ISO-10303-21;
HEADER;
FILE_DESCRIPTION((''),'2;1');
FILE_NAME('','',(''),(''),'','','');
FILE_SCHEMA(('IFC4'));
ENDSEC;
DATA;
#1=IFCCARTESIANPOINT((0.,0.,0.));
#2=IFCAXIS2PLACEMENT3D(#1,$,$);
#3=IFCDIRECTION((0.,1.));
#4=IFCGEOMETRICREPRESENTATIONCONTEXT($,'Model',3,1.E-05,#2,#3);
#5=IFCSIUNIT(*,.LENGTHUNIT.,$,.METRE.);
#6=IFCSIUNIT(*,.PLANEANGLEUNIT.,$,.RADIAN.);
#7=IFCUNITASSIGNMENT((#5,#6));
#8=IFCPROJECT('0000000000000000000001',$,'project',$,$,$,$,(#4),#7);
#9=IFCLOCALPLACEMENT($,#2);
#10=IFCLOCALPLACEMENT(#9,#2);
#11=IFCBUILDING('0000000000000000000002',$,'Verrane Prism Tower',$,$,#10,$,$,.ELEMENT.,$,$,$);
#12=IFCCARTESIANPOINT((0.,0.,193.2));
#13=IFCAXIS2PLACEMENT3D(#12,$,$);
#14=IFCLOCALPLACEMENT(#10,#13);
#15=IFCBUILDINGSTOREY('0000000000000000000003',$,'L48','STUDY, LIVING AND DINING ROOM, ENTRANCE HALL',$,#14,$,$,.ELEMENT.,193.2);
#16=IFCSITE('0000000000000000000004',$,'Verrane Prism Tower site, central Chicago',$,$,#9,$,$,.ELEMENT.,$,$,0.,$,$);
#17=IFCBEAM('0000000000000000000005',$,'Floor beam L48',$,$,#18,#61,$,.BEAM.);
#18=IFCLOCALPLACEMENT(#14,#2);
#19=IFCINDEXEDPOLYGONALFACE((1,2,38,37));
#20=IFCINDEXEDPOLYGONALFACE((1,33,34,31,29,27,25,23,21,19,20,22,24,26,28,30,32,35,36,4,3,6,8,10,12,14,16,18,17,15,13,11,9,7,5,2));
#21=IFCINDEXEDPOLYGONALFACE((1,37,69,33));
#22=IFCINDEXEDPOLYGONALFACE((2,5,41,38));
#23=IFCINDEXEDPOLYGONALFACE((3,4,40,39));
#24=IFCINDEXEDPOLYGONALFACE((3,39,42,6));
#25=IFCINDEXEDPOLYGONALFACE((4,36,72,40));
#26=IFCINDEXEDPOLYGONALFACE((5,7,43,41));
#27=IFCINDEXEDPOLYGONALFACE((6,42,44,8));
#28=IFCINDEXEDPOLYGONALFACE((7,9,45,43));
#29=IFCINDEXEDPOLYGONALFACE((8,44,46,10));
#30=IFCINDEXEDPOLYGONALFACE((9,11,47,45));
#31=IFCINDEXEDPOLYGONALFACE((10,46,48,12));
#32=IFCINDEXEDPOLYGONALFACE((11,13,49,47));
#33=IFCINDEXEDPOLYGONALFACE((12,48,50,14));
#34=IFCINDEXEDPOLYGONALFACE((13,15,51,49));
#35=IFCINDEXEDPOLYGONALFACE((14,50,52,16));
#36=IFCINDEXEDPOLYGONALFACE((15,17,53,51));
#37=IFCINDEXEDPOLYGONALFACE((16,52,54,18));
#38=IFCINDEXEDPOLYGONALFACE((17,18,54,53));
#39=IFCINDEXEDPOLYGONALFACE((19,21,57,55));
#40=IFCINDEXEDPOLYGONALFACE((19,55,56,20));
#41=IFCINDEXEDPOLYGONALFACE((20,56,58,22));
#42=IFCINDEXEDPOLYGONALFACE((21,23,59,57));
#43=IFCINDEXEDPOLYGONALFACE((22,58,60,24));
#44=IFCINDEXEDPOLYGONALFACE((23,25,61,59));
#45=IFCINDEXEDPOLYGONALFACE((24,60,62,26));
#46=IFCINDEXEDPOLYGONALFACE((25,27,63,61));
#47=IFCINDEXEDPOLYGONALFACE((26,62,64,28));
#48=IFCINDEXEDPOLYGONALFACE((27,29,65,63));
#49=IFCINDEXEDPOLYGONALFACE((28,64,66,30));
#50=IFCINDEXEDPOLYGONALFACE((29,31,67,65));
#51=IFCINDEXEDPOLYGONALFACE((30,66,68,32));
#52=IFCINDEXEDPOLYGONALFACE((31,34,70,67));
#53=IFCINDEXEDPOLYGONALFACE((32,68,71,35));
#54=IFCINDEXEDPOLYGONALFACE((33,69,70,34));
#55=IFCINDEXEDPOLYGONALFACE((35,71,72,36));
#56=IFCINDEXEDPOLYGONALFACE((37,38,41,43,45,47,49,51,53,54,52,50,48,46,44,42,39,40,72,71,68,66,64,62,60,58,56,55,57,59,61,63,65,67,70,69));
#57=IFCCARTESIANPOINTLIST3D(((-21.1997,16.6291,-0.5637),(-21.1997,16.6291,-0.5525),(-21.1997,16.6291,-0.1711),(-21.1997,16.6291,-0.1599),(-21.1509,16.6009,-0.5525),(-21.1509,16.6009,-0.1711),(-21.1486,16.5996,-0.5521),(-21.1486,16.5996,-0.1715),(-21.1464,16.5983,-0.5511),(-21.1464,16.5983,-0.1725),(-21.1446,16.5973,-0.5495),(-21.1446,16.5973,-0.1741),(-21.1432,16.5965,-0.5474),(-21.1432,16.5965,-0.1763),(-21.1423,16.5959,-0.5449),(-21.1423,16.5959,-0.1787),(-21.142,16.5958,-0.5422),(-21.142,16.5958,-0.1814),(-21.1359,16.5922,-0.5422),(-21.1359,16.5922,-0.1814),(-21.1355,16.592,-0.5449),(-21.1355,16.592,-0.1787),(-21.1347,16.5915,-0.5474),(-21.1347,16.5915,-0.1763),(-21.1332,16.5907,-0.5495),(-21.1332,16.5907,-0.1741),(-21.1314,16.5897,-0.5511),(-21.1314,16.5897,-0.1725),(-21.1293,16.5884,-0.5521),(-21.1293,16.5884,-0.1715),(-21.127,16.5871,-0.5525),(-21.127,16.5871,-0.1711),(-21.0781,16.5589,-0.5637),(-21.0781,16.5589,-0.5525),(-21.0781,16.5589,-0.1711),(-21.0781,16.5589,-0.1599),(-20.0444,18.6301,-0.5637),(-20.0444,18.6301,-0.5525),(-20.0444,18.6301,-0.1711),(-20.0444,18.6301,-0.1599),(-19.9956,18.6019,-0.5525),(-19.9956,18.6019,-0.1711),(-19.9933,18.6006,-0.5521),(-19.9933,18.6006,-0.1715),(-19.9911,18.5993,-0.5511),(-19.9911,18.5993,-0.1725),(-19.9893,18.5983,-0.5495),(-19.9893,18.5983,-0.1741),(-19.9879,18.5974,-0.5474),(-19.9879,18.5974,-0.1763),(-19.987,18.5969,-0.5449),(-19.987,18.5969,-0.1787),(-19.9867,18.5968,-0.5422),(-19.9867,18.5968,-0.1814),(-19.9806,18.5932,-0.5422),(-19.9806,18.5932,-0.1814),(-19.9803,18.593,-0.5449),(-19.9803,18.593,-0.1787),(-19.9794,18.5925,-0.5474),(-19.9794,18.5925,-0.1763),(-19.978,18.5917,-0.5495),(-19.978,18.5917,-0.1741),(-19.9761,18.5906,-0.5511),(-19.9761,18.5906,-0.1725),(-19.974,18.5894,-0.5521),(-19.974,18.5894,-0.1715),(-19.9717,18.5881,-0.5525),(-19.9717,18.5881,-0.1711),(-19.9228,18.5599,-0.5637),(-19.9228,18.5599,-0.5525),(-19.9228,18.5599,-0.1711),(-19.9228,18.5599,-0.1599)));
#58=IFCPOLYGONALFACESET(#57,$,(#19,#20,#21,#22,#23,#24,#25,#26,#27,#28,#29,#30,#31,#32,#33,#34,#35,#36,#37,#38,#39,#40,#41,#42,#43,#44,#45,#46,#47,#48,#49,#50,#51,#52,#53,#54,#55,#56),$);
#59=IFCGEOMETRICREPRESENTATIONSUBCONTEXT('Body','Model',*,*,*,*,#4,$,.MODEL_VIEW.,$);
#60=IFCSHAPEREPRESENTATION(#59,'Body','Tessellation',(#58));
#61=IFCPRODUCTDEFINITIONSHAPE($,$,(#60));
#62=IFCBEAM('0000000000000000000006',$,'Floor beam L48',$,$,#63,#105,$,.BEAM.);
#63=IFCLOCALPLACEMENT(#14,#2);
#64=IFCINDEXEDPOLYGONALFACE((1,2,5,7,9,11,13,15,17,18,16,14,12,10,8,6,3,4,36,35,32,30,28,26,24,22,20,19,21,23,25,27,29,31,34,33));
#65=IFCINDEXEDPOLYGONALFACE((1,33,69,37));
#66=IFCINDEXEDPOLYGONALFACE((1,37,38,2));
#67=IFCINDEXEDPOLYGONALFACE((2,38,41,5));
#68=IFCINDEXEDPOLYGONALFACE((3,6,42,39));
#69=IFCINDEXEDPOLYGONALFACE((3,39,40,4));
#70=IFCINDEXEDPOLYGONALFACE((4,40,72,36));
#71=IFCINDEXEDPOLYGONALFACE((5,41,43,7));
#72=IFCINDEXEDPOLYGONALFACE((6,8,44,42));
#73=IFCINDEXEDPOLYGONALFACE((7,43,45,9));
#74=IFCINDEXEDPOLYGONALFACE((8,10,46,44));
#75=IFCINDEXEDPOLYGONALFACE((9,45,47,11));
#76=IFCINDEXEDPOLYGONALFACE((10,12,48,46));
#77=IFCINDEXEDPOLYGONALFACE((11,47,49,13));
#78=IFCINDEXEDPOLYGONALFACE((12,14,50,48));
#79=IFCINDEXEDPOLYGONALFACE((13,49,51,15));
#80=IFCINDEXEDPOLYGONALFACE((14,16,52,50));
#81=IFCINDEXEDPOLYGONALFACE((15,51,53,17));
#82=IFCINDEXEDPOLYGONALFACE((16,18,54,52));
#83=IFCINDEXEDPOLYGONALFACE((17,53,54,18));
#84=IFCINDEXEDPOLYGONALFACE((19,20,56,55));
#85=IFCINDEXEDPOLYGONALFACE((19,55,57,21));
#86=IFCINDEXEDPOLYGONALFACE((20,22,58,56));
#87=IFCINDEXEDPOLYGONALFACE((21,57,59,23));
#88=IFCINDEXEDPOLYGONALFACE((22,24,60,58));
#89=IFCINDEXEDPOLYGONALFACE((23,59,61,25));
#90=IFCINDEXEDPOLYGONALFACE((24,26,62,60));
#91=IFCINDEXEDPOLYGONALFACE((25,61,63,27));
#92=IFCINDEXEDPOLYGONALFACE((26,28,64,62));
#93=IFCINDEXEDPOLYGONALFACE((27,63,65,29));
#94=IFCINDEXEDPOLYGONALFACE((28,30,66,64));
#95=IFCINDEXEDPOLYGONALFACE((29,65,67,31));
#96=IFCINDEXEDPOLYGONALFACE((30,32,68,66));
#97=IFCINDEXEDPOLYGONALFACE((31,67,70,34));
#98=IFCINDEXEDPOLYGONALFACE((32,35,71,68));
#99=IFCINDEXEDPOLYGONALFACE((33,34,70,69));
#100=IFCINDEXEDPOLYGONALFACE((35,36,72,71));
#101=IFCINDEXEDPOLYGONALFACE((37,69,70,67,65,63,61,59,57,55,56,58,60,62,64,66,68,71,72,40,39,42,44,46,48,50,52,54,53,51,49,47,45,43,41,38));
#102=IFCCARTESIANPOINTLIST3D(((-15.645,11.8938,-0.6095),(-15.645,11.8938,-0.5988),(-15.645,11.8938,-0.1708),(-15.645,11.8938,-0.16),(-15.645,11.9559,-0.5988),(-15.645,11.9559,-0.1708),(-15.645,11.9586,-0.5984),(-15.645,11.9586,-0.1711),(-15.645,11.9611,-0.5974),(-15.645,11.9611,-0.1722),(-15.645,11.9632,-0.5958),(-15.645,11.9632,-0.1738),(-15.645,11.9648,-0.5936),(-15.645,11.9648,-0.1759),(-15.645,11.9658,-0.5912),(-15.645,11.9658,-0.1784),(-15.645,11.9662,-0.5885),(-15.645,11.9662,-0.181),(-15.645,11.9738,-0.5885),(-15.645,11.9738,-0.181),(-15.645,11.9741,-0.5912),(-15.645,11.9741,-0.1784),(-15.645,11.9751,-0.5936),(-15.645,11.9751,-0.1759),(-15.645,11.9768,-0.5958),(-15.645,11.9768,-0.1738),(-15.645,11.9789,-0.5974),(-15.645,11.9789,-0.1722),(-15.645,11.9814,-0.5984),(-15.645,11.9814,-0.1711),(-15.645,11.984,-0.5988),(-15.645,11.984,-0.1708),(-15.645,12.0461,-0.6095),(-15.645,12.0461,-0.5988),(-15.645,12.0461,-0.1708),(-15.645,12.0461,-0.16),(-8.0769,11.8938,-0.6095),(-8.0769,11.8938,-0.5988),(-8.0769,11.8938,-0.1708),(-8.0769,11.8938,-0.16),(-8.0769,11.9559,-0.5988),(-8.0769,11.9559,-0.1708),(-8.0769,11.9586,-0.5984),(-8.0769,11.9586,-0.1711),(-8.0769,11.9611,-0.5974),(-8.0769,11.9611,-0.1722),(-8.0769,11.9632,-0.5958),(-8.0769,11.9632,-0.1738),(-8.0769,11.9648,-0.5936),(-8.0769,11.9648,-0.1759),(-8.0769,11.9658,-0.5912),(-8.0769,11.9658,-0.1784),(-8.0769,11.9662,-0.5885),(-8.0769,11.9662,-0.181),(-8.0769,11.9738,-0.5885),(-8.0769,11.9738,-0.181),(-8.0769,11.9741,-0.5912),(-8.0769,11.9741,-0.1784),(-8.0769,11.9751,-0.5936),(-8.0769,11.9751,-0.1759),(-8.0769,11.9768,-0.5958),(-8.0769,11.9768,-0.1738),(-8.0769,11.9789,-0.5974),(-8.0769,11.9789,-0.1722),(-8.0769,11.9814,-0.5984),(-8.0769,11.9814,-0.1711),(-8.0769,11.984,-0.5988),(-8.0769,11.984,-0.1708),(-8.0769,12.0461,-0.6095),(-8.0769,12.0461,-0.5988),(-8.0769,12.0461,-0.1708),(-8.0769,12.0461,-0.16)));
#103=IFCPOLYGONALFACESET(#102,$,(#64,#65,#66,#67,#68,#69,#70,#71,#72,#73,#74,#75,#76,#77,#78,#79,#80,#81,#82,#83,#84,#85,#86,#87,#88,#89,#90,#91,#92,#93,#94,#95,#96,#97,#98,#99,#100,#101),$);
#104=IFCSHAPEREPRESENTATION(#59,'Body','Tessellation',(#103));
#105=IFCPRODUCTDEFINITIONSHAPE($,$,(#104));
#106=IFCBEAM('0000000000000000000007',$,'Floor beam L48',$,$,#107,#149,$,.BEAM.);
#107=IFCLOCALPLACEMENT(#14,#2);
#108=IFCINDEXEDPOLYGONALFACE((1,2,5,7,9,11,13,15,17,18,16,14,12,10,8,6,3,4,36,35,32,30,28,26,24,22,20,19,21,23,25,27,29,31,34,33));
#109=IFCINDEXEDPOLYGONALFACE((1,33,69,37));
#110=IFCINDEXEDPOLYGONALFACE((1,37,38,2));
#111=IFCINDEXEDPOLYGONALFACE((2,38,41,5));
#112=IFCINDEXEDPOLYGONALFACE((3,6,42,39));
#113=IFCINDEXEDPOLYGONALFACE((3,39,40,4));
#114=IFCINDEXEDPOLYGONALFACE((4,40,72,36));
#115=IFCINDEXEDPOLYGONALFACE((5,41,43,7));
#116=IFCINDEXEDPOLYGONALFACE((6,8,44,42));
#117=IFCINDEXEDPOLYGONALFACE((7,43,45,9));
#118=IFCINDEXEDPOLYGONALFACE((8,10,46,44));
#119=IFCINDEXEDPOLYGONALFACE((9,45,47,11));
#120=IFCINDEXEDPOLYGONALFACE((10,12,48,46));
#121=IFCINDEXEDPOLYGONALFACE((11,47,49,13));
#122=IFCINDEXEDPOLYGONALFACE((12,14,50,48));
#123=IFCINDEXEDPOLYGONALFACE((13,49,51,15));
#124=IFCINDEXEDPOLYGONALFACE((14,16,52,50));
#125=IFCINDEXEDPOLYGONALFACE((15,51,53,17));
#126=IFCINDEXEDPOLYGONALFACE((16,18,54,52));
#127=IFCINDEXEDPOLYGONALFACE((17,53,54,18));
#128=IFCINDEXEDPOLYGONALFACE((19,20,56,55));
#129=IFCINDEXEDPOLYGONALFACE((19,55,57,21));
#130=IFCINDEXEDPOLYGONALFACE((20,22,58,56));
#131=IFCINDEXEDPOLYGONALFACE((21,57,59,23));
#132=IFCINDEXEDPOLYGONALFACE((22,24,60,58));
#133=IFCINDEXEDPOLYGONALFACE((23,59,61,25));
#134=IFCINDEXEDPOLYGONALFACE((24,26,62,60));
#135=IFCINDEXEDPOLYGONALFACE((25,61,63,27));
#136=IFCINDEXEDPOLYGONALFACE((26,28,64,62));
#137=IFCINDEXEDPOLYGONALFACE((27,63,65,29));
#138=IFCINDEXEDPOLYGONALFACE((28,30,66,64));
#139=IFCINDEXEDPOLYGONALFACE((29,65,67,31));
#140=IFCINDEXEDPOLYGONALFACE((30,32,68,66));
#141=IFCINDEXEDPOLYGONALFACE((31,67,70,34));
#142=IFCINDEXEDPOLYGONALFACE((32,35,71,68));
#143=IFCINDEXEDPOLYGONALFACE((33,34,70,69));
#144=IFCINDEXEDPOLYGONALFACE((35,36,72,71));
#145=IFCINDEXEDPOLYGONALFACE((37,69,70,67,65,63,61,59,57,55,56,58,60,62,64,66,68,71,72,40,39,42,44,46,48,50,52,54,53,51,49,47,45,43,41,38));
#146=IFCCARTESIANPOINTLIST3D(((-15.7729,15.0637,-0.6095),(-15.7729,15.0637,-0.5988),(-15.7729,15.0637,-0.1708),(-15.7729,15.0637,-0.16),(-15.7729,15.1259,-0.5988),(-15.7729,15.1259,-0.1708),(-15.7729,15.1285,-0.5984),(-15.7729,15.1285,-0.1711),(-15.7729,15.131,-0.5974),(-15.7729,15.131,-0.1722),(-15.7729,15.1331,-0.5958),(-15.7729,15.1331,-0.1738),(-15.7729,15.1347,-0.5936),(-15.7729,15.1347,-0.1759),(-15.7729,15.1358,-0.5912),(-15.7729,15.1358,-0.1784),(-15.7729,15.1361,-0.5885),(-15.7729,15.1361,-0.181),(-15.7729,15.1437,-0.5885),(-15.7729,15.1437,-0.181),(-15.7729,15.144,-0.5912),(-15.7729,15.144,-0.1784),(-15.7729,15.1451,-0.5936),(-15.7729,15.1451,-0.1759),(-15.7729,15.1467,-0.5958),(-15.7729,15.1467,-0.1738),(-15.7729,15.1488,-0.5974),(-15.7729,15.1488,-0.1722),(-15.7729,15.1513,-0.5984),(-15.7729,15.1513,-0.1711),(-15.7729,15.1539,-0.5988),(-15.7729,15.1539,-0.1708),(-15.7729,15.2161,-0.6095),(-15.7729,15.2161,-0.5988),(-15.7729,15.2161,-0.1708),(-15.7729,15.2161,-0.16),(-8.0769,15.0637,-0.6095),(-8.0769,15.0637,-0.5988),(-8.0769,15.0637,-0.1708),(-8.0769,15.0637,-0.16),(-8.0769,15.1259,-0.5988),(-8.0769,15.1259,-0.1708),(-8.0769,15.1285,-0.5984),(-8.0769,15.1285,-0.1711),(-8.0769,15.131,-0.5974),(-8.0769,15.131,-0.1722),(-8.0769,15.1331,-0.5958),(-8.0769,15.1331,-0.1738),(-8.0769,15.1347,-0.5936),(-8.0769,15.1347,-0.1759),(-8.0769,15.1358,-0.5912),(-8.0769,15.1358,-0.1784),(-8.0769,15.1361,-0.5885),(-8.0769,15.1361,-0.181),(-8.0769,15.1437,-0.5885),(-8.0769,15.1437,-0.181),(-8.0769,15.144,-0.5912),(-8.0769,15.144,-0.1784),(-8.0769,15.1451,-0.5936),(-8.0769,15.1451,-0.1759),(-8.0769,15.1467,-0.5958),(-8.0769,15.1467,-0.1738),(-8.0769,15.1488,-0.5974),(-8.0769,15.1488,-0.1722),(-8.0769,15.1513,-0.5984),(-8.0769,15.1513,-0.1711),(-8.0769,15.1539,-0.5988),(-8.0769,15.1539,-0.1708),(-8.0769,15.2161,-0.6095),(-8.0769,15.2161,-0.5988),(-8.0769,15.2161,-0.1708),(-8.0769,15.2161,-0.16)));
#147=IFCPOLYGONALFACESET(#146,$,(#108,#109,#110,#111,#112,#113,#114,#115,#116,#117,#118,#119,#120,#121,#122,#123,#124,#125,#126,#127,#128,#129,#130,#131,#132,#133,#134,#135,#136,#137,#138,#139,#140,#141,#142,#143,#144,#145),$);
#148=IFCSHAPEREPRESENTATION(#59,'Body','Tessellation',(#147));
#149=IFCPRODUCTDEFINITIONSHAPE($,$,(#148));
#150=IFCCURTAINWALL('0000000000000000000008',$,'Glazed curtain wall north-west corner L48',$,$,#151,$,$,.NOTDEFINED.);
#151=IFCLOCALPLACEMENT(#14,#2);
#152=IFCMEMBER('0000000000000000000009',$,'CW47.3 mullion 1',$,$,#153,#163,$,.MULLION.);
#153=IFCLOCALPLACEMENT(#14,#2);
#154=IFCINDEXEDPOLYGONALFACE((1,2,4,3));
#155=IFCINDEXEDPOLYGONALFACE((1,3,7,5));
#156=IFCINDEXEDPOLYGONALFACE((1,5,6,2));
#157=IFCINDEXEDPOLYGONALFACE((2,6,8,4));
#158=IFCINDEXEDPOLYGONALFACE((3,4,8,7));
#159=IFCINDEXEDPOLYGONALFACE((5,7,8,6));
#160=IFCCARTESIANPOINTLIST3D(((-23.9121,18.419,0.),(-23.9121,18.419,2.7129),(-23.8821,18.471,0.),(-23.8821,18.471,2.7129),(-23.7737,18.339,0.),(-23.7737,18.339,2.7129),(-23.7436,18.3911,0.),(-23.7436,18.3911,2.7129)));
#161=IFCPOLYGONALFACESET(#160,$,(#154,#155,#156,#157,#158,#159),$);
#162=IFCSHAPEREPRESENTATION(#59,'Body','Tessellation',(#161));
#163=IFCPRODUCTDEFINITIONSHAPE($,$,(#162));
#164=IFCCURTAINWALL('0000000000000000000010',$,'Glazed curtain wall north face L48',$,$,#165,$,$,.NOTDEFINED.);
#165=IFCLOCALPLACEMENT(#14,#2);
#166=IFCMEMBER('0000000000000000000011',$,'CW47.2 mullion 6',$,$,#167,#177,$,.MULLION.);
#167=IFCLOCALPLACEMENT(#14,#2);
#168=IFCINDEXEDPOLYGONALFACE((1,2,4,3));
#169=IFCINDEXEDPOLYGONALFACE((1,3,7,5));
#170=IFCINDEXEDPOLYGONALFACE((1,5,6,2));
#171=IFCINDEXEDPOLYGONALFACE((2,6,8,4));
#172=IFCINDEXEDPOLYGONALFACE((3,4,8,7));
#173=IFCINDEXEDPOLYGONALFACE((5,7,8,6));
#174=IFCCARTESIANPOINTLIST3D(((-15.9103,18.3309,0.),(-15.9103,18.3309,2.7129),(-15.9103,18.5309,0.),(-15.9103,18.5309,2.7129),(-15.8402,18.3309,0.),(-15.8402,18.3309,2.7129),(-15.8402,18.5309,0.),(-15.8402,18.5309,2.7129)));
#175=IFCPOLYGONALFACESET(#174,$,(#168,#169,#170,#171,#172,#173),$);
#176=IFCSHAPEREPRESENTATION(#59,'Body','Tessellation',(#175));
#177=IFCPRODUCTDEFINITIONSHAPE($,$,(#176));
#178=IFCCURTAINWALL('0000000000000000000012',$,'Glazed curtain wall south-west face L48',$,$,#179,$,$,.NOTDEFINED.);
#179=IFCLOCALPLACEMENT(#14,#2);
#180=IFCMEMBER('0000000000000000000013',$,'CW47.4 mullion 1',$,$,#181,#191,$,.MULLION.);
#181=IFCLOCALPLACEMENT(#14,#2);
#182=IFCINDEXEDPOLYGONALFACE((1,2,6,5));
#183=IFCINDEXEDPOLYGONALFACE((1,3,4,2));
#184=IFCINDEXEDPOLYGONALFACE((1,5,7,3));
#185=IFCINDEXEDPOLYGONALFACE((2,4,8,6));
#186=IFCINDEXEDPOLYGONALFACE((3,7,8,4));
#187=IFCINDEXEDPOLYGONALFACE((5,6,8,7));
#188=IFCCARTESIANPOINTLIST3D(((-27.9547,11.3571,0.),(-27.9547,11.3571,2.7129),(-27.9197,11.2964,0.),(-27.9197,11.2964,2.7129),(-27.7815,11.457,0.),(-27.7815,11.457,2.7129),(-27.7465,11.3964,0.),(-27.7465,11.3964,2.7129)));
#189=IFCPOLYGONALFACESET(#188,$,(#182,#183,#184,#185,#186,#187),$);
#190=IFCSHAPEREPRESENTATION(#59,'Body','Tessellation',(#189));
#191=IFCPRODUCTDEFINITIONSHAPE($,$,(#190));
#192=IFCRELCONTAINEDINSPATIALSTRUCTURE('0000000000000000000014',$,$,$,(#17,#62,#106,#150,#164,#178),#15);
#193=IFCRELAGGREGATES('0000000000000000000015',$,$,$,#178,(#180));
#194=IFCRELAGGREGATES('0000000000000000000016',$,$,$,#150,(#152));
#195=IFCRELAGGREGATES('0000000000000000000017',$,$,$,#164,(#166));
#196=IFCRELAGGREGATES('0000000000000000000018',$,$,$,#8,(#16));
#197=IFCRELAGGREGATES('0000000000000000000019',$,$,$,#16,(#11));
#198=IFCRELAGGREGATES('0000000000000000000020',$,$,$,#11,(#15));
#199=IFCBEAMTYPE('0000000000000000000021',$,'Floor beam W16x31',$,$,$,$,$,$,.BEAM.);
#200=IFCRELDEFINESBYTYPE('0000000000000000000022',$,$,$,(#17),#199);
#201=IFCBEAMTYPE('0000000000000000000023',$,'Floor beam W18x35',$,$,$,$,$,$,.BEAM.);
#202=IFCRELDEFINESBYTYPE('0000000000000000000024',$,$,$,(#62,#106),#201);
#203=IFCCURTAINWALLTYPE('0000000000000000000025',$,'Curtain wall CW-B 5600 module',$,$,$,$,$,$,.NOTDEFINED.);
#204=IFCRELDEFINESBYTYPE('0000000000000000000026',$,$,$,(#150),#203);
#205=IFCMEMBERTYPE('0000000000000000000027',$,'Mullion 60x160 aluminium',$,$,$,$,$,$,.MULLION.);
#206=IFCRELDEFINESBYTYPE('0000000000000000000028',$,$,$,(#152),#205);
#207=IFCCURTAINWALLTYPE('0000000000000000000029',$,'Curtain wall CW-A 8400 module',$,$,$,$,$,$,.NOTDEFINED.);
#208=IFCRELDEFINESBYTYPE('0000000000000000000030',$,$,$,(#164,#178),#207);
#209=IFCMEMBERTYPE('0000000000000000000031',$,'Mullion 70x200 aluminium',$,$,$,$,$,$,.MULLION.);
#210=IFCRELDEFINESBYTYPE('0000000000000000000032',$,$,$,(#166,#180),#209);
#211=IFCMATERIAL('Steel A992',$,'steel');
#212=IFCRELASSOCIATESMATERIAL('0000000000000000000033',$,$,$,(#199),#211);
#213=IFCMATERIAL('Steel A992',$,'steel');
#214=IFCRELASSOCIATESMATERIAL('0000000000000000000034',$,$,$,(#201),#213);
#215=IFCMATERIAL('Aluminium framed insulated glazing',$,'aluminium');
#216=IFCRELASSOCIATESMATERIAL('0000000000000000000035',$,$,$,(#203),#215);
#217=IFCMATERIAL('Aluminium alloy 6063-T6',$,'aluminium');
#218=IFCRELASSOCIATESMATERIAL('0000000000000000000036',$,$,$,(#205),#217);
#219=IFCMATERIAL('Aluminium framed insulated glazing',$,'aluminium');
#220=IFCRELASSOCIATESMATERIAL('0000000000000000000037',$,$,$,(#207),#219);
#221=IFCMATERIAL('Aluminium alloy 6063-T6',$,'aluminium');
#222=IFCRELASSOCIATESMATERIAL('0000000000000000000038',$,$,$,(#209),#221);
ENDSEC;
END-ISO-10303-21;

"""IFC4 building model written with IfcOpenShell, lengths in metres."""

from ifc_helpers import new_model, si_unit, direction, frame, origin, origin_2d, place, context, subcontext, project, spatial, rectangle, i_section, extrude, material, material_profile, profile_set, type_object, element, aggregate, save


model = new_model("IFC4")

# Units and contexts
model_context = context("Model", 3, precision=1e-05, world=origin(), true_north=direction((0.0, 1.0)))
body_context = subcontext(model_context, "Body", "Model", "MODEL_VIEW")
ifc_project = project(units=[si_unit("LENGTHUNIT", "METRE"), si_unit("PLANEANGLEUNIT", "RADIAN")], contexts=[model_context])

# Site, building, storey
site_placement = place(None, origin())
site = spatial("IfcSite", under=ifc_project, at=site_placement, Name="Verrane Prism Tower site, central Chicago", CompositionType="ELEMENT", RefElevation=0.0)
building_placement = place(site_placement, origin())
building = spatial("IfcBuilding", under=site, at=building_placement, Name="Verrane Prism Tower", CompositionType="ELEMENT")
storey_placement = place(building_placement, frame((0.0, 0.0, 193.2)))
storey = spatial("IfcBuildingStorey", under=building, at=storey_placement, Name="L48", Description="STUDY, LIVING AND DINING ROOM, ENTRANCE HALL", CompositionType="ELEMENT", Elevation=193.2)

# Beams
ifc_material_1 = material(Name="Steel A992", Category="steel")
ifc_material_profile_1 = material_profile(ifc_material_1, i_section(OverallWidth=0.1404, OverallDepth=0.4038, WebThickness=0.0071, FlangeThickness=0.0112, FilletRadius=0.0103, at=origin_2d()), Name="W16x31")
ifc_profile_set_1 = profile_set([ifc_material_profile_1], Name="Steel A992")
beam_type_1 = type_object("IfcBeamType", Name="Floor beam W16x31", PredefinedType="BEAM", material=ifc_profile_set_1)
beam_1_placement = place(storey_placement, frame((-21.1389, 16.594, -0.3618), z_axis=(0.500003, 0.866024, 0.0), x_axis=(-0.866024, 0.500003, 0.0)))
element("IfcBeam", 1, at=beam_1_placement, inside=storey, type_object=beam_type_1, Name="Floor beam L48", PredefinedType="BEAM", context=body_context, shape_type="SweptSolid", body=[
    extrude(i_section(OverallWidth=0.1404, OverallDepth=0.4038, WebThickness=0.0071, FlangeThickness=0.0112, FilletRadius=0.0103, at=origin_2d()), origin(), (0.0, 0.0, 1.0), 2.3105),
])
ifc_material_2 = material(Name="Steel A992", Category="steel")
ifc_material_profile_2 = material_profile(ifc_material_2, i_section(OverallWidth=0.1523, OverallDepth=0.4495, WebThickness=0.0076, FlangeThickness=0.0107, FilletRadius=0.0103, at=origin_2d()), Name="W18x35")
ifc_profile_set_2 = profile_set([ifc_material_profile_2], Name="Steel A992")
beam_type_2 = type_object("IfcBeamType", Name="Floor beam W18x35", PredefinedType="BEAM", material=ifc_profile_set_2)
beam_2_placement = place(storey_placement, frame((-15.645, 11.97, -0.3848), z_axis=(1.0, 0.0, 0.0), x_axis=(0.0, 1.0, 0.0)))
element("IfcBeam", 2, at=beam_2_placement, inside=storey, type_object=beam_type_2, Name="Floor beam L48", PredefinedType="BEAM", context=body_context, shape_type="SweptSolid", body=[
    extrude(i_section(OverallWidth=0.1523, OverallDepth=0.4495, WebThickness=0.0076, FlangeThickness=0.0107, FilletRadius=0.0103, at=origin_2d()), origin(), (0.0, 0.0, 1.0), 7.5681),
])
beam_3_placement = place(storey_placement, frame((-15.7729, 15.1399, -0.3848), z_axis=(1.0, 0.0, 0.0), x_axis=(0.0, 1.0, 0.0)))
element("IfcBeam", 3, at=beam_3_placement, inside=storey, type_object=beam_type_2, Name="Floor beam L48", PredefinedType="BEAM", context=body_context, shape_type="SweptSolid", body=[
    extrude(i_section(OverallWidth=0.1523, OverallDepth=0.4495, WebThickness=0.0076, FlangeThickness=0.0107, FilletRadius=0.0103, at=origin_2d()), origin(), (0.0, 0.0, 1.0), 7.696),
])

# Curtain walls, members
ifc_material_3 = material(Name="Aluminium framed insulated glazing", Category="aluminium")
curtain_wall_type_1 = type_object("IfcCurtainWallType", Name="Curtain wall CW-B 5600 module", PredefinedType="NOTDEFINED", material=ifc_material_3)
curtain_wall_1_placement = place(storey_placement, origin())
curtain_wall_1 = element("IfcCurtainWall", 4, at=curtain_wall_1_placement, inside=storey, type_object=curtain_wall_type_1, Name="Glazed curtain wall north-west corner L48", PredefinedType="NOTDEFINED")
ifc_material_4 = material(Name="Aluminium alloy 6063-T6", Category="aluminium")
ifc_material_profile_3 = material_profile(ifc_material_4, rectangle(XDim=0.1599, YDim=0.0601, at=origin_2d()), Name="Mullion 60x160 aluminium")
ifc_profile_set_3 = profile_set([ifc_material_profile_3], Name="Aluminium alloy 6063-T6")
member_type_1 = type_object("IfcMemberType", Name="Mullion 60x160 aluminium", PredefinedType="MULLION", material=ifc_profile_set_3)
member_1_placement = place(storey_placement, frame((-23.8279, 18.405, 0.0), z_axis=(0.0, 0.0, 1.0), x_axis=(0.866023, -0.500005, 0.0)))
member_1 = element("IfcMember", 5, at=member_1_placement, type_object=member_type_1, Name="CW47.3 mullion 1", PredefinedType="MULLION", context=body_context, shape_type="SweptSolid", body=[
    extrude(rectangle(XDim=0.1599, YDim=0.0601, at=origin_2d()), origin(), (0.0, 0.0, 1.0), 2.7129),
])
ifc_material_5 = material(Name="Aluminium framed insulated glazing", Category="aluminium")
curtain_wall_type_2 = type_object("IfcCurtainWallType", Name="Curtain wall CW-A 8400 module", PredefinedType="NOTDEFINED", material=ifc_material_5)
curtain_wall_2_placement = place(storey_placement, origin())
curtain_wall_2 = element("IfcCurtainWall", 6, at=curtain_wall_2_placement, inside=storey, type_object=curtain_wall_type_2, Name="Glazed curtain wall north face L48", PredefinedType="NOTDEFINED")
ifc_material_6 = material(Name="Aluminium alloy 6063-T6", Category="aluminium")
ifc_material_profile_4 = material_profile(ifc_material_6, rectangle(XDim=0.2, YDim=0.0701, at=origin_2d()), Name="Mullion 70x200 aluminium")
ifc_profile_set_4 = profile_set([ifc_material_profile_4], Name="Aluminium alloy 6063-T6")
member_type_2 = type_object("IfcMemberType", Name="Mullion 70x200 aluminium", PredefinedType="MULLION", material=ifc_profile_set_4)
member_2_placement = place(storey_placement, frame((-15.8752, 18.4309, 0.0), z_axis=(0.0, 0.0, 1.0), x_axis=(0.0, -1.0, 0.0)))
member_2 = element("IfcMember", 7, at=member_2_placement, type_object=member_type_2, Name="CW47.2 mullion 6", PredefinedType="MULLION", context=body_context, shape_type="SweptSolid", body=[
    extrude(rectangle(XDim=0.2, YDim=0.0701, at=origin_2d()), origin(), (0.0, 0.0, 1.0), 2.7129),
])
curtain_wall_3_placement = place(storey_placement, origin())
curtain_wall_3 = element("IfcCurtainWall", 8, at=curtain_wall_3_placement, inside=storey, type_object=curtain_wall_type_2, Name="Glazed curtain wall south-west face L48", PredefinedType="NOTDEFINED")
member_3_placement = place(storey_placement, frame((-27.8506, 11.3767, 0.0), z_axis=(0.0, 0.0, 1.0), x_axis=(0.866026, 0.5, 0.0)))
member_3 = element("IfcMember", 9, at=member_3_placement, type_object=member_type_2, Name="CW47.4 mullion 1", PredefinedType="MULLION", context=body_context, shape_type="SweptSolid", body=[
    extrude(rectangle(XDim=0.2, YDim=0.0701, at=origin_2d()), origin(), (0.0, 0.0, 1.0), 2.7129),
])

aggregate(curtain_wall_3, [member_3])

aggregate(curtain_wall_1, [member_1])
aggregate(curtain_wall_2, [member_2])

save(model, "model.ifc")
